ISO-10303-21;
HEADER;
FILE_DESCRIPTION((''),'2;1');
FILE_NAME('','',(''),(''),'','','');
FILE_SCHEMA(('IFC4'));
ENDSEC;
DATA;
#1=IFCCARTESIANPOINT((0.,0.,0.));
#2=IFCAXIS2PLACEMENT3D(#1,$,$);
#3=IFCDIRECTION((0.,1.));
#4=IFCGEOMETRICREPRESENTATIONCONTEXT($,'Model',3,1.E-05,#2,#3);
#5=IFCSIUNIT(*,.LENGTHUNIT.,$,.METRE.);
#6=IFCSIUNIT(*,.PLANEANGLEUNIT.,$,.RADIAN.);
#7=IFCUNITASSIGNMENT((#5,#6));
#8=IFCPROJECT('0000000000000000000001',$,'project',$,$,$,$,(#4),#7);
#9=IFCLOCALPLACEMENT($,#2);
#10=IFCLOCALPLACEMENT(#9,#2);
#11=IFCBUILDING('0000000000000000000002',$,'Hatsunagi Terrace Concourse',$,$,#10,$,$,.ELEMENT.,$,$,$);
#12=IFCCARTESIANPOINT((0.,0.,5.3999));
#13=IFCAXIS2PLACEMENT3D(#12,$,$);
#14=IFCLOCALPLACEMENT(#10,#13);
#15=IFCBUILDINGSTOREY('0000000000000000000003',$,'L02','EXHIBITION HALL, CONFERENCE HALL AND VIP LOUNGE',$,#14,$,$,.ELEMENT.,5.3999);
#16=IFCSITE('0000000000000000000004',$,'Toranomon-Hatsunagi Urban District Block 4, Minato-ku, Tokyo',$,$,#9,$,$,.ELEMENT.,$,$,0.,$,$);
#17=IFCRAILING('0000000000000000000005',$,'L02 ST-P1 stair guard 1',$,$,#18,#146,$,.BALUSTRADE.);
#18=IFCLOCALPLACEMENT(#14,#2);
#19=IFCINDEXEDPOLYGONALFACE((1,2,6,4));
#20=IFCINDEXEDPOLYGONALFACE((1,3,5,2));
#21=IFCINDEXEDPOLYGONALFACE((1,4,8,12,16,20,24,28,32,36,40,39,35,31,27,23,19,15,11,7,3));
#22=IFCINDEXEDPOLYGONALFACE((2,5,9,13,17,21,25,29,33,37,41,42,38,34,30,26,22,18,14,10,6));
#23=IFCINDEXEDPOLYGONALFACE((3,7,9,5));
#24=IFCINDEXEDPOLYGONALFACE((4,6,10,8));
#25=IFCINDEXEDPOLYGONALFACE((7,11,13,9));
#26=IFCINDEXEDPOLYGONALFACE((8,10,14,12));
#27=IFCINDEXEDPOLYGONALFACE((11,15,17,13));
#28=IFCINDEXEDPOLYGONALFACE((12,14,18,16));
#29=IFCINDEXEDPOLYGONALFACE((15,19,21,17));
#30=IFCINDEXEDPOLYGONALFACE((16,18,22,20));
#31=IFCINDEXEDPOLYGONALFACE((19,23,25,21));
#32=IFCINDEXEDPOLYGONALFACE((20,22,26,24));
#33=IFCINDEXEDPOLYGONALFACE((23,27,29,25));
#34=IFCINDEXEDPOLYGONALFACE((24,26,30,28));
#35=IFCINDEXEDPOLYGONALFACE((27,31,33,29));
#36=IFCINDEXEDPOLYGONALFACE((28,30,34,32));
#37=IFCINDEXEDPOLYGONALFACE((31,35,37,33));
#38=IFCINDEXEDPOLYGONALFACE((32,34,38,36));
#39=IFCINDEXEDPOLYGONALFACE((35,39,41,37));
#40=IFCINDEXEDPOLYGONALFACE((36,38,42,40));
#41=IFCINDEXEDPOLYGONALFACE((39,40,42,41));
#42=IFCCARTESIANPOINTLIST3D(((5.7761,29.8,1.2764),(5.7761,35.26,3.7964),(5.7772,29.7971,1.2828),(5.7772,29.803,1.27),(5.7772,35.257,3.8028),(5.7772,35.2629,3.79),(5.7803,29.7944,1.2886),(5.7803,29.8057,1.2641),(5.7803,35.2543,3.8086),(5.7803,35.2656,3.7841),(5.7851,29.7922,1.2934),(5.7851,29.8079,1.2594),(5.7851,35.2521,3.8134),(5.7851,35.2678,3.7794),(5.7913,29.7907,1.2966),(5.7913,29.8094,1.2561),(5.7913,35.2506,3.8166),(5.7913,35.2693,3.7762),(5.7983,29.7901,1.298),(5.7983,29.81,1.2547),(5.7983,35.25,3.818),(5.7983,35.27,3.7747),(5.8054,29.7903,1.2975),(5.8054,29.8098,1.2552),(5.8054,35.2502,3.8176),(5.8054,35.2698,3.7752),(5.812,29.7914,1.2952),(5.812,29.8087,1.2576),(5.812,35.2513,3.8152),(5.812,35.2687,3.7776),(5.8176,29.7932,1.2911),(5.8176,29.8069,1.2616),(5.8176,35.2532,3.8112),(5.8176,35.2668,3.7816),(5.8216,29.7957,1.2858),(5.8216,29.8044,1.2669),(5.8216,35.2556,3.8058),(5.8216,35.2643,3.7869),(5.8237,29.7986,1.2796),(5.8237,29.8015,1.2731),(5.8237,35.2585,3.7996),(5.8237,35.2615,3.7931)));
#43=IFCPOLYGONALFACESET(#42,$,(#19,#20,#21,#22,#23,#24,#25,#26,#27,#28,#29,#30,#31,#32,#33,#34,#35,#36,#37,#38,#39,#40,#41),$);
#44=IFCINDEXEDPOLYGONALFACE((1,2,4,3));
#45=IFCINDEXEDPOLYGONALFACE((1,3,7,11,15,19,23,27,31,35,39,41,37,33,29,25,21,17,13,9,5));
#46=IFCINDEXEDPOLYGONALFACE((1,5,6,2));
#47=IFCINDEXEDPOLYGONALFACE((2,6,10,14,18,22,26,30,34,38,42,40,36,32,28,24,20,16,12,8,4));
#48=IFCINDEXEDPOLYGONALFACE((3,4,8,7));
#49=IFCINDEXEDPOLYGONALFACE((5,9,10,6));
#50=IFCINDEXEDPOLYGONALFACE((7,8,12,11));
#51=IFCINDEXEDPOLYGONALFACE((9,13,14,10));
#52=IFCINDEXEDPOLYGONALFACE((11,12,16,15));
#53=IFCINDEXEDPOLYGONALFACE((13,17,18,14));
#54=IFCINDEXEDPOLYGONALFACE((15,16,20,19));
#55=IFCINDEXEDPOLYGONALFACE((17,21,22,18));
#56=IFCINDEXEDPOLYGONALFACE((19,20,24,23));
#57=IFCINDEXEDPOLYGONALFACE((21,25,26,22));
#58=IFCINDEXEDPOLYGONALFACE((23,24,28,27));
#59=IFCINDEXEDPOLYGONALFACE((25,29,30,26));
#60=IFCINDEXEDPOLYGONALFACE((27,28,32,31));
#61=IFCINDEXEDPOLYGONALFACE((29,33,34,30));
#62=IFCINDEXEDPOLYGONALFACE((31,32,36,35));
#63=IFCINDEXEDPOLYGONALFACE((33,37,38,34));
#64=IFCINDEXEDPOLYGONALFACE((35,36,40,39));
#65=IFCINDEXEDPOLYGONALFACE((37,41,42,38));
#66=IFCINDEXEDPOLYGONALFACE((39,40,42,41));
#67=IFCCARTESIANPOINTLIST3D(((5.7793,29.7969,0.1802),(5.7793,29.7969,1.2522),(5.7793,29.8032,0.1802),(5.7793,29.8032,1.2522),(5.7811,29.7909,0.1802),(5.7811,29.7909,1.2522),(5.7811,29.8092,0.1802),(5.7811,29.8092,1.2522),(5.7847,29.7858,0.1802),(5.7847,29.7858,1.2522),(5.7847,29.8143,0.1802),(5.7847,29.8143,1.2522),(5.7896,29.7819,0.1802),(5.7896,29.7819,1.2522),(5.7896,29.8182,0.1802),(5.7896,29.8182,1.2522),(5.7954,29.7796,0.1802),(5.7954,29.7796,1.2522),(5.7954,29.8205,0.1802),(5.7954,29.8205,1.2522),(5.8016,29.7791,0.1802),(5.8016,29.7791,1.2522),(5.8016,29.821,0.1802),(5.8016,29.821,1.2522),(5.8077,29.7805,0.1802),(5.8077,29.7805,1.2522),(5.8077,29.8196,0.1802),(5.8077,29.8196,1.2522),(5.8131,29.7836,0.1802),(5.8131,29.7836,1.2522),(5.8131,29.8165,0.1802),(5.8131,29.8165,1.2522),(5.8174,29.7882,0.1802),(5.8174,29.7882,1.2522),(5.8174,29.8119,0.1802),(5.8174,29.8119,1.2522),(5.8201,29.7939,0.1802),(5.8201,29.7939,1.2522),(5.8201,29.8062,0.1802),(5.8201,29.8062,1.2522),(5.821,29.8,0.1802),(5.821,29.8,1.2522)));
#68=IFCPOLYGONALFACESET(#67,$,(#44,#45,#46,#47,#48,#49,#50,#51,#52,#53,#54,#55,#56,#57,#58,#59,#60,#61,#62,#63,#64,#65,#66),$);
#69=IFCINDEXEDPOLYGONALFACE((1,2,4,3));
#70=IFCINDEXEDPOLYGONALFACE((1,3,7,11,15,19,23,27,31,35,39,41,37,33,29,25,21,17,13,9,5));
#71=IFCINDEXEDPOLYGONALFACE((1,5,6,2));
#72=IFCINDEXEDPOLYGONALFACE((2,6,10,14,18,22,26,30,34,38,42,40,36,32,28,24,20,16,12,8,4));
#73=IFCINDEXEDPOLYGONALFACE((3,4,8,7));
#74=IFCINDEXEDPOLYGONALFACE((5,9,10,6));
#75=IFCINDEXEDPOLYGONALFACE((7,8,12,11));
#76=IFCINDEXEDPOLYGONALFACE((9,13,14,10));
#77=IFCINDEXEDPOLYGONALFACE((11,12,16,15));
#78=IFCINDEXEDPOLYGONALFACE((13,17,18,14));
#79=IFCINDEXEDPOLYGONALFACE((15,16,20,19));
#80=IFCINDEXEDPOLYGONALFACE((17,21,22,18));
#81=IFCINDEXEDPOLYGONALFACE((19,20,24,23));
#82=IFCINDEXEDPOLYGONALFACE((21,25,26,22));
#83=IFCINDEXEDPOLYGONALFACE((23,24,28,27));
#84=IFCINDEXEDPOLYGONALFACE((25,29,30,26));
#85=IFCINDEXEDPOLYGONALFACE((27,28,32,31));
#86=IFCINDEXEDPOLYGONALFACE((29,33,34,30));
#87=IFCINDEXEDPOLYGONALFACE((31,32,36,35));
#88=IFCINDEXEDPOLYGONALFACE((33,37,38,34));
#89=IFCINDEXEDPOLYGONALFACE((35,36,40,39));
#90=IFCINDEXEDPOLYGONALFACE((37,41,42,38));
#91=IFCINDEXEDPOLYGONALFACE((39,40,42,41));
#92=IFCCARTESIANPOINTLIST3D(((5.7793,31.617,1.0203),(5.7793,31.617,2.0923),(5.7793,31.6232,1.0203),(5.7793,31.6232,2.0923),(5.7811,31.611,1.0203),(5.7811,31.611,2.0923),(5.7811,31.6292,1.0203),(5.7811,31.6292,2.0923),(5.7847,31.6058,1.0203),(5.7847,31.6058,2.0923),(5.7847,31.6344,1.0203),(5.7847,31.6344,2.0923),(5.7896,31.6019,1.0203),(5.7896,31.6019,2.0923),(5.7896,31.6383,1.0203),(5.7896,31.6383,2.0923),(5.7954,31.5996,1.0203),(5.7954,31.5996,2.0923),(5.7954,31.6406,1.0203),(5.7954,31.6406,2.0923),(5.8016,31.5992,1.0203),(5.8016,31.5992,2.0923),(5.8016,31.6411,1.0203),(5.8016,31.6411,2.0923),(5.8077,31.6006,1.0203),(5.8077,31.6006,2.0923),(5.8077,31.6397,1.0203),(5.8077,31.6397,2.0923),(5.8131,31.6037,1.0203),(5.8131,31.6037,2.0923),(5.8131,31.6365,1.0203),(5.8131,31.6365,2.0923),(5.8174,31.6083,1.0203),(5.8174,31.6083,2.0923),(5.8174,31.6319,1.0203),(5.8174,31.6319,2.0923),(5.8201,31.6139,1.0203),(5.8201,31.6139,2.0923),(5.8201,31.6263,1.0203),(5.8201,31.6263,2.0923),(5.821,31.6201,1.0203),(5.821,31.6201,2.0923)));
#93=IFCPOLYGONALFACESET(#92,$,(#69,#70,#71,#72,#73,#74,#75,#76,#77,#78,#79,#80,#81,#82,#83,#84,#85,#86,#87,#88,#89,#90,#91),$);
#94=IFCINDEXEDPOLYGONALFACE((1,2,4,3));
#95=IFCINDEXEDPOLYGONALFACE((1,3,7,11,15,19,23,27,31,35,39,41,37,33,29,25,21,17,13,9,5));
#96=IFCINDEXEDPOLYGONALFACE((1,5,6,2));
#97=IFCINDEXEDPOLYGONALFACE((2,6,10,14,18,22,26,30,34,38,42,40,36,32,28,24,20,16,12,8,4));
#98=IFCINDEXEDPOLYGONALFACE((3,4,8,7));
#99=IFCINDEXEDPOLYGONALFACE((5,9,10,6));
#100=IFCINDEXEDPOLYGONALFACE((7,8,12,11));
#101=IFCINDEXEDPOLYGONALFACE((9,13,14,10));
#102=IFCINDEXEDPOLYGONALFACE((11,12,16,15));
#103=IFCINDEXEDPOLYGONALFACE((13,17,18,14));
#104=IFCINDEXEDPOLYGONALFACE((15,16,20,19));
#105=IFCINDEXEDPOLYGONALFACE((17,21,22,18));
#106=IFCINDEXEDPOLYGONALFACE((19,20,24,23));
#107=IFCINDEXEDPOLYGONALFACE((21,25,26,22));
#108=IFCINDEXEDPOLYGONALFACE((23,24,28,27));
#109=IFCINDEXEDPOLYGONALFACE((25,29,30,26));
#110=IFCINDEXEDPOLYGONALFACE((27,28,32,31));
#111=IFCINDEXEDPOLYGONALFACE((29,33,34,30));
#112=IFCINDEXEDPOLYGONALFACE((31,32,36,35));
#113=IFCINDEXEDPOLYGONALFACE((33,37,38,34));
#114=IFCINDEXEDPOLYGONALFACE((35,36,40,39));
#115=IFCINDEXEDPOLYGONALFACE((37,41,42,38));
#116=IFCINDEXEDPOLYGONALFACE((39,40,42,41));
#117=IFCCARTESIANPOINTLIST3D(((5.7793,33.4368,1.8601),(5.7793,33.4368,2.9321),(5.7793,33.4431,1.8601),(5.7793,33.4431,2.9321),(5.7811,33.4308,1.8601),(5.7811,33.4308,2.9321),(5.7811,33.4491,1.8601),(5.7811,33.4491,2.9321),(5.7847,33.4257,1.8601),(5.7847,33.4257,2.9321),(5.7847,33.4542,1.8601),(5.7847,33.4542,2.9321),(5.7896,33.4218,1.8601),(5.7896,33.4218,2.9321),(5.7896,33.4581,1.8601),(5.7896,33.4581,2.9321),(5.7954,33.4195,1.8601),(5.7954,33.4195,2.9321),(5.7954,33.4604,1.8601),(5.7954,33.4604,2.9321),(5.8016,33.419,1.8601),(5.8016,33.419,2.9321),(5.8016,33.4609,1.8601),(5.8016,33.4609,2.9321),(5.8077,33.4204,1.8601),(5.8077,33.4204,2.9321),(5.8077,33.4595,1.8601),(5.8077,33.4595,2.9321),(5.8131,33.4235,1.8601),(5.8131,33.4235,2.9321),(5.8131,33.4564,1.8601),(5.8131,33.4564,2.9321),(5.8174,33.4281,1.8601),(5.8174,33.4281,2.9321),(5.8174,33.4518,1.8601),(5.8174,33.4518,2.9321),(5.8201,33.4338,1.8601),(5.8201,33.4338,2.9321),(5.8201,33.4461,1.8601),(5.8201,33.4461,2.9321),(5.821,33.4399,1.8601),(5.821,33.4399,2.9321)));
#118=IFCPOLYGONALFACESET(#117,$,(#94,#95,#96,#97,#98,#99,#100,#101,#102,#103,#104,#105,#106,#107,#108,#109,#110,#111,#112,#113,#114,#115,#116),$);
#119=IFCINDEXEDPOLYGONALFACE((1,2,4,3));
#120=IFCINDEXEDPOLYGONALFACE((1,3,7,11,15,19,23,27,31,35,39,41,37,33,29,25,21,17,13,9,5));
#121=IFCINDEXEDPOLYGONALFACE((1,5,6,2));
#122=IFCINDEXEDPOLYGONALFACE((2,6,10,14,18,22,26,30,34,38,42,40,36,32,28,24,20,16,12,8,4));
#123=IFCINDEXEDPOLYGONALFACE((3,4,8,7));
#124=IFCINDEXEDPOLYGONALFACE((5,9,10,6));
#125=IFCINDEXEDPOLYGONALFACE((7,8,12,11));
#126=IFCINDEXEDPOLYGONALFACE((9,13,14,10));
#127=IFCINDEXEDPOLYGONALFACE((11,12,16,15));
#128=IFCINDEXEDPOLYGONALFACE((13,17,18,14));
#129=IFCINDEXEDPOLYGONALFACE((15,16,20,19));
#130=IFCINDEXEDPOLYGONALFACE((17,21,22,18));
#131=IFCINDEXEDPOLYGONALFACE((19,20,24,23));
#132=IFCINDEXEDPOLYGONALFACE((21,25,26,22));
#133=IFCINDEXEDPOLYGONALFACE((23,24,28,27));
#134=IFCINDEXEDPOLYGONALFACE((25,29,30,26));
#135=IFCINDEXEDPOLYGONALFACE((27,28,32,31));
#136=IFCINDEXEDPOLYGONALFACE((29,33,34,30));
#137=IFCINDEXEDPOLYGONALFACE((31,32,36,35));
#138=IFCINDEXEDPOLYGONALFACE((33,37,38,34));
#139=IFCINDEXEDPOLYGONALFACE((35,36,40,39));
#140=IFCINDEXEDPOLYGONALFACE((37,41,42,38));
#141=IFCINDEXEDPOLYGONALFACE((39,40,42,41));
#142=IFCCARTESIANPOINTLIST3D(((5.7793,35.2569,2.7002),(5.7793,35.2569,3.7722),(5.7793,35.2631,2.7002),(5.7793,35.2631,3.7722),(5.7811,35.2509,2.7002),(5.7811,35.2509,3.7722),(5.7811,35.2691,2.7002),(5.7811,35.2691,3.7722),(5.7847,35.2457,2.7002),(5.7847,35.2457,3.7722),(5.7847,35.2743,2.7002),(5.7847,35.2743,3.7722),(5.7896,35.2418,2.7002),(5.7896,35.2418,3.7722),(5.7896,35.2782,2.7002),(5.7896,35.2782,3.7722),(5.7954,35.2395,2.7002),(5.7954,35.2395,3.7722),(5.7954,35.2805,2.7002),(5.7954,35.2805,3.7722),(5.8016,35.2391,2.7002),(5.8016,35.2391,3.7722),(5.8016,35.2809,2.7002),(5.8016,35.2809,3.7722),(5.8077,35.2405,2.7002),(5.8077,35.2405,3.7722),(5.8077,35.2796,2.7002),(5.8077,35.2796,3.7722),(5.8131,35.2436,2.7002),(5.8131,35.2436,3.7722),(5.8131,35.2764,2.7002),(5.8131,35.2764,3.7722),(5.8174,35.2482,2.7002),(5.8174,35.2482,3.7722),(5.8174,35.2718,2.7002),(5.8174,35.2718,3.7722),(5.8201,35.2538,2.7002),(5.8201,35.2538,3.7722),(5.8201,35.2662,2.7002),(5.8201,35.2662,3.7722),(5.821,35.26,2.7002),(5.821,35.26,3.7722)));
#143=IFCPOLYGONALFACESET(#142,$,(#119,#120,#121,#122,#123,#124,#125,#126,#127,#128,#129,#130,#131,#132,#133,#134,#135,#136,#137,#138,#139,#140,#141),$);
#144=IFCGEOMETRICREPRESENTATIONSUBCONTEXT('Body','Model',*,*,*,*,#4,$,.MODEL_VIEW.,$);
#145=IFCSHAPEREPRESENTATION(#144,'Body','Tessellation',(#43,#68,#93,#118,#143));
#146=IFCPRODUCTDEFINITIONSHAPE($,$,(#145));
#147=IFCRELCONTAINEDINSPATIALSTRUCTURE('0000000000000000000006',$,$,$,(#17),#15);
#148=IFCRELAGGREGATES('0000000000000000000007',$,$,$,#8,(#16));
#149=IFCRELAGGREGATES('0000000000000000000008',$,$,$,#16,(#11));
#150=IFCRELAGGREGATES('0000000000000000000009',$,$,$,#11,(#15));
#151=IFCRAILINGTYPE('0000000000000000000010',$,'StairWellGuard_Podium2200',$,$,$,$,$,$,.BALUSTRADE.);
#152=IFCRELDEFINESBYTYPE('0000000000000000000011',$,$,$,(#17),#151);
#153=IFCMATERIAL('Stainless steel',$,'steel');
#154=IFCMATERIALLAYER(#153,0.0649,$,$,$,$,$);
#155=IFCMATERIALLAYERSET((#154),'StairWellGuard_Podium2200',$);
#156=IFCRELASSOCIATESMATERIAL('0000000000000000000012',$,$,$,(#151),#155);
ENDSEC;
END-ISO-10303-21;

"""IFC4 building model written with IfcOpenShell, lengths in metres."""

from ifc_helpers import new_model, si_unit, direction, frame, origin, origin_2d, place, context, subcontext, project, spatial, circle, extrude, material, layer, layer_set, type_object, element, save


model = new_model("IFC4")

# Units and contexts
model_context = context("Model", 3, precision=1e-05, world=origin(), true_north=direction((0.0, 1.0)))
body_context = subcontext(model_context, "Body", "Model", "MODEL_VIEW")
ifc_project = project(units=[si_unit("LENGTHUNIT", "METRE"), si_unit("PLANEANGLEUNIT", "RADIAN")], contexts=[model_context])

# Site, building, storey
site_placement = place(None, origin())
site = spatial("IfcSite", under=ifc_project, at=site_placement, Name="Toranomon-Hatsunagi Urban District Block 4, Minato-ku, Tokyo", CompositionType="ELEMENT", RefElevation=0.0)
building_placement = place(site_placement, origin())
building = spatial("IfcBuilding", under=site, at=building_placement, Name="Hatsunagi Terrace Concourse", CompositionType="ELEMENT")
storey_placement = place(building_placement, frame((0.0, 0.0, 5.3999)))
storey = spatial("IfcBuildingStorey", under=building, at=storey_placement, Name="L02", Description="EXHIBITION HALL, CONFERENCE HALL AND VIP LOUNGE", CompositionType="ELEMENT", Elevation=5.3999)

# Railing
ifc_material_1 = material(Name="Stainless steel", Category="steel")
ifc_layer_1 = layer(ifc_material_1, 0.0649)
ifc_layer_set_1 = layer_set([ifc_layer_1], Name="StairWellGuard_Podium2200")
railing_type_1 = type_object("IfcRailingType", Name="StairWellGuard_Podium2200", PredefinedType="BALUSTRADE", material=ifc_layer_set_1)
railing_1_placement = place(storey_placement, frame((5.8, 29.8, 0.1802)))
element("IfcRailing", 1, at=railing_1_placement, inside=storey, type_object=railing_type_1, Name="L02 ST-P1 stair guard 1", PredefinedType="BALUSTRADE", context=body_context, shape_type="SweptSolid", body=[
    extrude(circle(Radius=0.0239, at=origin_2d()), frame((0.0, 0.0, 1.0962), z_axis=(0.0, 0.907957, 0.419063), x_axis=(-1.0, 0.0, 0.0)), (0.0, 0.0, 1.0), 6.0134),
    extrude(circle(Radius=0.021, at=origin_2d()), origin(), (0.0, 0.0, 1.0), 1.072),
    extrude(circle(Radius=0.021, at=origin_2d()), frame((0.0, 1.8201, 0.8401)), (0.0, 0.0, 1.0), 1.072),
    extrude(circle(Radius=0.021, at=origin_2d()), frame((0.0, 3.6399, 1.6799)), (0.0, 0.0, 1.0), 1.072),
    extrude(circle(Radius=0.021, at=origin_2d()), frame((0.0, 5.46, 2.52)), (0.0, 0.0, 1.0), 1.072),
])

save(model, "model.ifc")
